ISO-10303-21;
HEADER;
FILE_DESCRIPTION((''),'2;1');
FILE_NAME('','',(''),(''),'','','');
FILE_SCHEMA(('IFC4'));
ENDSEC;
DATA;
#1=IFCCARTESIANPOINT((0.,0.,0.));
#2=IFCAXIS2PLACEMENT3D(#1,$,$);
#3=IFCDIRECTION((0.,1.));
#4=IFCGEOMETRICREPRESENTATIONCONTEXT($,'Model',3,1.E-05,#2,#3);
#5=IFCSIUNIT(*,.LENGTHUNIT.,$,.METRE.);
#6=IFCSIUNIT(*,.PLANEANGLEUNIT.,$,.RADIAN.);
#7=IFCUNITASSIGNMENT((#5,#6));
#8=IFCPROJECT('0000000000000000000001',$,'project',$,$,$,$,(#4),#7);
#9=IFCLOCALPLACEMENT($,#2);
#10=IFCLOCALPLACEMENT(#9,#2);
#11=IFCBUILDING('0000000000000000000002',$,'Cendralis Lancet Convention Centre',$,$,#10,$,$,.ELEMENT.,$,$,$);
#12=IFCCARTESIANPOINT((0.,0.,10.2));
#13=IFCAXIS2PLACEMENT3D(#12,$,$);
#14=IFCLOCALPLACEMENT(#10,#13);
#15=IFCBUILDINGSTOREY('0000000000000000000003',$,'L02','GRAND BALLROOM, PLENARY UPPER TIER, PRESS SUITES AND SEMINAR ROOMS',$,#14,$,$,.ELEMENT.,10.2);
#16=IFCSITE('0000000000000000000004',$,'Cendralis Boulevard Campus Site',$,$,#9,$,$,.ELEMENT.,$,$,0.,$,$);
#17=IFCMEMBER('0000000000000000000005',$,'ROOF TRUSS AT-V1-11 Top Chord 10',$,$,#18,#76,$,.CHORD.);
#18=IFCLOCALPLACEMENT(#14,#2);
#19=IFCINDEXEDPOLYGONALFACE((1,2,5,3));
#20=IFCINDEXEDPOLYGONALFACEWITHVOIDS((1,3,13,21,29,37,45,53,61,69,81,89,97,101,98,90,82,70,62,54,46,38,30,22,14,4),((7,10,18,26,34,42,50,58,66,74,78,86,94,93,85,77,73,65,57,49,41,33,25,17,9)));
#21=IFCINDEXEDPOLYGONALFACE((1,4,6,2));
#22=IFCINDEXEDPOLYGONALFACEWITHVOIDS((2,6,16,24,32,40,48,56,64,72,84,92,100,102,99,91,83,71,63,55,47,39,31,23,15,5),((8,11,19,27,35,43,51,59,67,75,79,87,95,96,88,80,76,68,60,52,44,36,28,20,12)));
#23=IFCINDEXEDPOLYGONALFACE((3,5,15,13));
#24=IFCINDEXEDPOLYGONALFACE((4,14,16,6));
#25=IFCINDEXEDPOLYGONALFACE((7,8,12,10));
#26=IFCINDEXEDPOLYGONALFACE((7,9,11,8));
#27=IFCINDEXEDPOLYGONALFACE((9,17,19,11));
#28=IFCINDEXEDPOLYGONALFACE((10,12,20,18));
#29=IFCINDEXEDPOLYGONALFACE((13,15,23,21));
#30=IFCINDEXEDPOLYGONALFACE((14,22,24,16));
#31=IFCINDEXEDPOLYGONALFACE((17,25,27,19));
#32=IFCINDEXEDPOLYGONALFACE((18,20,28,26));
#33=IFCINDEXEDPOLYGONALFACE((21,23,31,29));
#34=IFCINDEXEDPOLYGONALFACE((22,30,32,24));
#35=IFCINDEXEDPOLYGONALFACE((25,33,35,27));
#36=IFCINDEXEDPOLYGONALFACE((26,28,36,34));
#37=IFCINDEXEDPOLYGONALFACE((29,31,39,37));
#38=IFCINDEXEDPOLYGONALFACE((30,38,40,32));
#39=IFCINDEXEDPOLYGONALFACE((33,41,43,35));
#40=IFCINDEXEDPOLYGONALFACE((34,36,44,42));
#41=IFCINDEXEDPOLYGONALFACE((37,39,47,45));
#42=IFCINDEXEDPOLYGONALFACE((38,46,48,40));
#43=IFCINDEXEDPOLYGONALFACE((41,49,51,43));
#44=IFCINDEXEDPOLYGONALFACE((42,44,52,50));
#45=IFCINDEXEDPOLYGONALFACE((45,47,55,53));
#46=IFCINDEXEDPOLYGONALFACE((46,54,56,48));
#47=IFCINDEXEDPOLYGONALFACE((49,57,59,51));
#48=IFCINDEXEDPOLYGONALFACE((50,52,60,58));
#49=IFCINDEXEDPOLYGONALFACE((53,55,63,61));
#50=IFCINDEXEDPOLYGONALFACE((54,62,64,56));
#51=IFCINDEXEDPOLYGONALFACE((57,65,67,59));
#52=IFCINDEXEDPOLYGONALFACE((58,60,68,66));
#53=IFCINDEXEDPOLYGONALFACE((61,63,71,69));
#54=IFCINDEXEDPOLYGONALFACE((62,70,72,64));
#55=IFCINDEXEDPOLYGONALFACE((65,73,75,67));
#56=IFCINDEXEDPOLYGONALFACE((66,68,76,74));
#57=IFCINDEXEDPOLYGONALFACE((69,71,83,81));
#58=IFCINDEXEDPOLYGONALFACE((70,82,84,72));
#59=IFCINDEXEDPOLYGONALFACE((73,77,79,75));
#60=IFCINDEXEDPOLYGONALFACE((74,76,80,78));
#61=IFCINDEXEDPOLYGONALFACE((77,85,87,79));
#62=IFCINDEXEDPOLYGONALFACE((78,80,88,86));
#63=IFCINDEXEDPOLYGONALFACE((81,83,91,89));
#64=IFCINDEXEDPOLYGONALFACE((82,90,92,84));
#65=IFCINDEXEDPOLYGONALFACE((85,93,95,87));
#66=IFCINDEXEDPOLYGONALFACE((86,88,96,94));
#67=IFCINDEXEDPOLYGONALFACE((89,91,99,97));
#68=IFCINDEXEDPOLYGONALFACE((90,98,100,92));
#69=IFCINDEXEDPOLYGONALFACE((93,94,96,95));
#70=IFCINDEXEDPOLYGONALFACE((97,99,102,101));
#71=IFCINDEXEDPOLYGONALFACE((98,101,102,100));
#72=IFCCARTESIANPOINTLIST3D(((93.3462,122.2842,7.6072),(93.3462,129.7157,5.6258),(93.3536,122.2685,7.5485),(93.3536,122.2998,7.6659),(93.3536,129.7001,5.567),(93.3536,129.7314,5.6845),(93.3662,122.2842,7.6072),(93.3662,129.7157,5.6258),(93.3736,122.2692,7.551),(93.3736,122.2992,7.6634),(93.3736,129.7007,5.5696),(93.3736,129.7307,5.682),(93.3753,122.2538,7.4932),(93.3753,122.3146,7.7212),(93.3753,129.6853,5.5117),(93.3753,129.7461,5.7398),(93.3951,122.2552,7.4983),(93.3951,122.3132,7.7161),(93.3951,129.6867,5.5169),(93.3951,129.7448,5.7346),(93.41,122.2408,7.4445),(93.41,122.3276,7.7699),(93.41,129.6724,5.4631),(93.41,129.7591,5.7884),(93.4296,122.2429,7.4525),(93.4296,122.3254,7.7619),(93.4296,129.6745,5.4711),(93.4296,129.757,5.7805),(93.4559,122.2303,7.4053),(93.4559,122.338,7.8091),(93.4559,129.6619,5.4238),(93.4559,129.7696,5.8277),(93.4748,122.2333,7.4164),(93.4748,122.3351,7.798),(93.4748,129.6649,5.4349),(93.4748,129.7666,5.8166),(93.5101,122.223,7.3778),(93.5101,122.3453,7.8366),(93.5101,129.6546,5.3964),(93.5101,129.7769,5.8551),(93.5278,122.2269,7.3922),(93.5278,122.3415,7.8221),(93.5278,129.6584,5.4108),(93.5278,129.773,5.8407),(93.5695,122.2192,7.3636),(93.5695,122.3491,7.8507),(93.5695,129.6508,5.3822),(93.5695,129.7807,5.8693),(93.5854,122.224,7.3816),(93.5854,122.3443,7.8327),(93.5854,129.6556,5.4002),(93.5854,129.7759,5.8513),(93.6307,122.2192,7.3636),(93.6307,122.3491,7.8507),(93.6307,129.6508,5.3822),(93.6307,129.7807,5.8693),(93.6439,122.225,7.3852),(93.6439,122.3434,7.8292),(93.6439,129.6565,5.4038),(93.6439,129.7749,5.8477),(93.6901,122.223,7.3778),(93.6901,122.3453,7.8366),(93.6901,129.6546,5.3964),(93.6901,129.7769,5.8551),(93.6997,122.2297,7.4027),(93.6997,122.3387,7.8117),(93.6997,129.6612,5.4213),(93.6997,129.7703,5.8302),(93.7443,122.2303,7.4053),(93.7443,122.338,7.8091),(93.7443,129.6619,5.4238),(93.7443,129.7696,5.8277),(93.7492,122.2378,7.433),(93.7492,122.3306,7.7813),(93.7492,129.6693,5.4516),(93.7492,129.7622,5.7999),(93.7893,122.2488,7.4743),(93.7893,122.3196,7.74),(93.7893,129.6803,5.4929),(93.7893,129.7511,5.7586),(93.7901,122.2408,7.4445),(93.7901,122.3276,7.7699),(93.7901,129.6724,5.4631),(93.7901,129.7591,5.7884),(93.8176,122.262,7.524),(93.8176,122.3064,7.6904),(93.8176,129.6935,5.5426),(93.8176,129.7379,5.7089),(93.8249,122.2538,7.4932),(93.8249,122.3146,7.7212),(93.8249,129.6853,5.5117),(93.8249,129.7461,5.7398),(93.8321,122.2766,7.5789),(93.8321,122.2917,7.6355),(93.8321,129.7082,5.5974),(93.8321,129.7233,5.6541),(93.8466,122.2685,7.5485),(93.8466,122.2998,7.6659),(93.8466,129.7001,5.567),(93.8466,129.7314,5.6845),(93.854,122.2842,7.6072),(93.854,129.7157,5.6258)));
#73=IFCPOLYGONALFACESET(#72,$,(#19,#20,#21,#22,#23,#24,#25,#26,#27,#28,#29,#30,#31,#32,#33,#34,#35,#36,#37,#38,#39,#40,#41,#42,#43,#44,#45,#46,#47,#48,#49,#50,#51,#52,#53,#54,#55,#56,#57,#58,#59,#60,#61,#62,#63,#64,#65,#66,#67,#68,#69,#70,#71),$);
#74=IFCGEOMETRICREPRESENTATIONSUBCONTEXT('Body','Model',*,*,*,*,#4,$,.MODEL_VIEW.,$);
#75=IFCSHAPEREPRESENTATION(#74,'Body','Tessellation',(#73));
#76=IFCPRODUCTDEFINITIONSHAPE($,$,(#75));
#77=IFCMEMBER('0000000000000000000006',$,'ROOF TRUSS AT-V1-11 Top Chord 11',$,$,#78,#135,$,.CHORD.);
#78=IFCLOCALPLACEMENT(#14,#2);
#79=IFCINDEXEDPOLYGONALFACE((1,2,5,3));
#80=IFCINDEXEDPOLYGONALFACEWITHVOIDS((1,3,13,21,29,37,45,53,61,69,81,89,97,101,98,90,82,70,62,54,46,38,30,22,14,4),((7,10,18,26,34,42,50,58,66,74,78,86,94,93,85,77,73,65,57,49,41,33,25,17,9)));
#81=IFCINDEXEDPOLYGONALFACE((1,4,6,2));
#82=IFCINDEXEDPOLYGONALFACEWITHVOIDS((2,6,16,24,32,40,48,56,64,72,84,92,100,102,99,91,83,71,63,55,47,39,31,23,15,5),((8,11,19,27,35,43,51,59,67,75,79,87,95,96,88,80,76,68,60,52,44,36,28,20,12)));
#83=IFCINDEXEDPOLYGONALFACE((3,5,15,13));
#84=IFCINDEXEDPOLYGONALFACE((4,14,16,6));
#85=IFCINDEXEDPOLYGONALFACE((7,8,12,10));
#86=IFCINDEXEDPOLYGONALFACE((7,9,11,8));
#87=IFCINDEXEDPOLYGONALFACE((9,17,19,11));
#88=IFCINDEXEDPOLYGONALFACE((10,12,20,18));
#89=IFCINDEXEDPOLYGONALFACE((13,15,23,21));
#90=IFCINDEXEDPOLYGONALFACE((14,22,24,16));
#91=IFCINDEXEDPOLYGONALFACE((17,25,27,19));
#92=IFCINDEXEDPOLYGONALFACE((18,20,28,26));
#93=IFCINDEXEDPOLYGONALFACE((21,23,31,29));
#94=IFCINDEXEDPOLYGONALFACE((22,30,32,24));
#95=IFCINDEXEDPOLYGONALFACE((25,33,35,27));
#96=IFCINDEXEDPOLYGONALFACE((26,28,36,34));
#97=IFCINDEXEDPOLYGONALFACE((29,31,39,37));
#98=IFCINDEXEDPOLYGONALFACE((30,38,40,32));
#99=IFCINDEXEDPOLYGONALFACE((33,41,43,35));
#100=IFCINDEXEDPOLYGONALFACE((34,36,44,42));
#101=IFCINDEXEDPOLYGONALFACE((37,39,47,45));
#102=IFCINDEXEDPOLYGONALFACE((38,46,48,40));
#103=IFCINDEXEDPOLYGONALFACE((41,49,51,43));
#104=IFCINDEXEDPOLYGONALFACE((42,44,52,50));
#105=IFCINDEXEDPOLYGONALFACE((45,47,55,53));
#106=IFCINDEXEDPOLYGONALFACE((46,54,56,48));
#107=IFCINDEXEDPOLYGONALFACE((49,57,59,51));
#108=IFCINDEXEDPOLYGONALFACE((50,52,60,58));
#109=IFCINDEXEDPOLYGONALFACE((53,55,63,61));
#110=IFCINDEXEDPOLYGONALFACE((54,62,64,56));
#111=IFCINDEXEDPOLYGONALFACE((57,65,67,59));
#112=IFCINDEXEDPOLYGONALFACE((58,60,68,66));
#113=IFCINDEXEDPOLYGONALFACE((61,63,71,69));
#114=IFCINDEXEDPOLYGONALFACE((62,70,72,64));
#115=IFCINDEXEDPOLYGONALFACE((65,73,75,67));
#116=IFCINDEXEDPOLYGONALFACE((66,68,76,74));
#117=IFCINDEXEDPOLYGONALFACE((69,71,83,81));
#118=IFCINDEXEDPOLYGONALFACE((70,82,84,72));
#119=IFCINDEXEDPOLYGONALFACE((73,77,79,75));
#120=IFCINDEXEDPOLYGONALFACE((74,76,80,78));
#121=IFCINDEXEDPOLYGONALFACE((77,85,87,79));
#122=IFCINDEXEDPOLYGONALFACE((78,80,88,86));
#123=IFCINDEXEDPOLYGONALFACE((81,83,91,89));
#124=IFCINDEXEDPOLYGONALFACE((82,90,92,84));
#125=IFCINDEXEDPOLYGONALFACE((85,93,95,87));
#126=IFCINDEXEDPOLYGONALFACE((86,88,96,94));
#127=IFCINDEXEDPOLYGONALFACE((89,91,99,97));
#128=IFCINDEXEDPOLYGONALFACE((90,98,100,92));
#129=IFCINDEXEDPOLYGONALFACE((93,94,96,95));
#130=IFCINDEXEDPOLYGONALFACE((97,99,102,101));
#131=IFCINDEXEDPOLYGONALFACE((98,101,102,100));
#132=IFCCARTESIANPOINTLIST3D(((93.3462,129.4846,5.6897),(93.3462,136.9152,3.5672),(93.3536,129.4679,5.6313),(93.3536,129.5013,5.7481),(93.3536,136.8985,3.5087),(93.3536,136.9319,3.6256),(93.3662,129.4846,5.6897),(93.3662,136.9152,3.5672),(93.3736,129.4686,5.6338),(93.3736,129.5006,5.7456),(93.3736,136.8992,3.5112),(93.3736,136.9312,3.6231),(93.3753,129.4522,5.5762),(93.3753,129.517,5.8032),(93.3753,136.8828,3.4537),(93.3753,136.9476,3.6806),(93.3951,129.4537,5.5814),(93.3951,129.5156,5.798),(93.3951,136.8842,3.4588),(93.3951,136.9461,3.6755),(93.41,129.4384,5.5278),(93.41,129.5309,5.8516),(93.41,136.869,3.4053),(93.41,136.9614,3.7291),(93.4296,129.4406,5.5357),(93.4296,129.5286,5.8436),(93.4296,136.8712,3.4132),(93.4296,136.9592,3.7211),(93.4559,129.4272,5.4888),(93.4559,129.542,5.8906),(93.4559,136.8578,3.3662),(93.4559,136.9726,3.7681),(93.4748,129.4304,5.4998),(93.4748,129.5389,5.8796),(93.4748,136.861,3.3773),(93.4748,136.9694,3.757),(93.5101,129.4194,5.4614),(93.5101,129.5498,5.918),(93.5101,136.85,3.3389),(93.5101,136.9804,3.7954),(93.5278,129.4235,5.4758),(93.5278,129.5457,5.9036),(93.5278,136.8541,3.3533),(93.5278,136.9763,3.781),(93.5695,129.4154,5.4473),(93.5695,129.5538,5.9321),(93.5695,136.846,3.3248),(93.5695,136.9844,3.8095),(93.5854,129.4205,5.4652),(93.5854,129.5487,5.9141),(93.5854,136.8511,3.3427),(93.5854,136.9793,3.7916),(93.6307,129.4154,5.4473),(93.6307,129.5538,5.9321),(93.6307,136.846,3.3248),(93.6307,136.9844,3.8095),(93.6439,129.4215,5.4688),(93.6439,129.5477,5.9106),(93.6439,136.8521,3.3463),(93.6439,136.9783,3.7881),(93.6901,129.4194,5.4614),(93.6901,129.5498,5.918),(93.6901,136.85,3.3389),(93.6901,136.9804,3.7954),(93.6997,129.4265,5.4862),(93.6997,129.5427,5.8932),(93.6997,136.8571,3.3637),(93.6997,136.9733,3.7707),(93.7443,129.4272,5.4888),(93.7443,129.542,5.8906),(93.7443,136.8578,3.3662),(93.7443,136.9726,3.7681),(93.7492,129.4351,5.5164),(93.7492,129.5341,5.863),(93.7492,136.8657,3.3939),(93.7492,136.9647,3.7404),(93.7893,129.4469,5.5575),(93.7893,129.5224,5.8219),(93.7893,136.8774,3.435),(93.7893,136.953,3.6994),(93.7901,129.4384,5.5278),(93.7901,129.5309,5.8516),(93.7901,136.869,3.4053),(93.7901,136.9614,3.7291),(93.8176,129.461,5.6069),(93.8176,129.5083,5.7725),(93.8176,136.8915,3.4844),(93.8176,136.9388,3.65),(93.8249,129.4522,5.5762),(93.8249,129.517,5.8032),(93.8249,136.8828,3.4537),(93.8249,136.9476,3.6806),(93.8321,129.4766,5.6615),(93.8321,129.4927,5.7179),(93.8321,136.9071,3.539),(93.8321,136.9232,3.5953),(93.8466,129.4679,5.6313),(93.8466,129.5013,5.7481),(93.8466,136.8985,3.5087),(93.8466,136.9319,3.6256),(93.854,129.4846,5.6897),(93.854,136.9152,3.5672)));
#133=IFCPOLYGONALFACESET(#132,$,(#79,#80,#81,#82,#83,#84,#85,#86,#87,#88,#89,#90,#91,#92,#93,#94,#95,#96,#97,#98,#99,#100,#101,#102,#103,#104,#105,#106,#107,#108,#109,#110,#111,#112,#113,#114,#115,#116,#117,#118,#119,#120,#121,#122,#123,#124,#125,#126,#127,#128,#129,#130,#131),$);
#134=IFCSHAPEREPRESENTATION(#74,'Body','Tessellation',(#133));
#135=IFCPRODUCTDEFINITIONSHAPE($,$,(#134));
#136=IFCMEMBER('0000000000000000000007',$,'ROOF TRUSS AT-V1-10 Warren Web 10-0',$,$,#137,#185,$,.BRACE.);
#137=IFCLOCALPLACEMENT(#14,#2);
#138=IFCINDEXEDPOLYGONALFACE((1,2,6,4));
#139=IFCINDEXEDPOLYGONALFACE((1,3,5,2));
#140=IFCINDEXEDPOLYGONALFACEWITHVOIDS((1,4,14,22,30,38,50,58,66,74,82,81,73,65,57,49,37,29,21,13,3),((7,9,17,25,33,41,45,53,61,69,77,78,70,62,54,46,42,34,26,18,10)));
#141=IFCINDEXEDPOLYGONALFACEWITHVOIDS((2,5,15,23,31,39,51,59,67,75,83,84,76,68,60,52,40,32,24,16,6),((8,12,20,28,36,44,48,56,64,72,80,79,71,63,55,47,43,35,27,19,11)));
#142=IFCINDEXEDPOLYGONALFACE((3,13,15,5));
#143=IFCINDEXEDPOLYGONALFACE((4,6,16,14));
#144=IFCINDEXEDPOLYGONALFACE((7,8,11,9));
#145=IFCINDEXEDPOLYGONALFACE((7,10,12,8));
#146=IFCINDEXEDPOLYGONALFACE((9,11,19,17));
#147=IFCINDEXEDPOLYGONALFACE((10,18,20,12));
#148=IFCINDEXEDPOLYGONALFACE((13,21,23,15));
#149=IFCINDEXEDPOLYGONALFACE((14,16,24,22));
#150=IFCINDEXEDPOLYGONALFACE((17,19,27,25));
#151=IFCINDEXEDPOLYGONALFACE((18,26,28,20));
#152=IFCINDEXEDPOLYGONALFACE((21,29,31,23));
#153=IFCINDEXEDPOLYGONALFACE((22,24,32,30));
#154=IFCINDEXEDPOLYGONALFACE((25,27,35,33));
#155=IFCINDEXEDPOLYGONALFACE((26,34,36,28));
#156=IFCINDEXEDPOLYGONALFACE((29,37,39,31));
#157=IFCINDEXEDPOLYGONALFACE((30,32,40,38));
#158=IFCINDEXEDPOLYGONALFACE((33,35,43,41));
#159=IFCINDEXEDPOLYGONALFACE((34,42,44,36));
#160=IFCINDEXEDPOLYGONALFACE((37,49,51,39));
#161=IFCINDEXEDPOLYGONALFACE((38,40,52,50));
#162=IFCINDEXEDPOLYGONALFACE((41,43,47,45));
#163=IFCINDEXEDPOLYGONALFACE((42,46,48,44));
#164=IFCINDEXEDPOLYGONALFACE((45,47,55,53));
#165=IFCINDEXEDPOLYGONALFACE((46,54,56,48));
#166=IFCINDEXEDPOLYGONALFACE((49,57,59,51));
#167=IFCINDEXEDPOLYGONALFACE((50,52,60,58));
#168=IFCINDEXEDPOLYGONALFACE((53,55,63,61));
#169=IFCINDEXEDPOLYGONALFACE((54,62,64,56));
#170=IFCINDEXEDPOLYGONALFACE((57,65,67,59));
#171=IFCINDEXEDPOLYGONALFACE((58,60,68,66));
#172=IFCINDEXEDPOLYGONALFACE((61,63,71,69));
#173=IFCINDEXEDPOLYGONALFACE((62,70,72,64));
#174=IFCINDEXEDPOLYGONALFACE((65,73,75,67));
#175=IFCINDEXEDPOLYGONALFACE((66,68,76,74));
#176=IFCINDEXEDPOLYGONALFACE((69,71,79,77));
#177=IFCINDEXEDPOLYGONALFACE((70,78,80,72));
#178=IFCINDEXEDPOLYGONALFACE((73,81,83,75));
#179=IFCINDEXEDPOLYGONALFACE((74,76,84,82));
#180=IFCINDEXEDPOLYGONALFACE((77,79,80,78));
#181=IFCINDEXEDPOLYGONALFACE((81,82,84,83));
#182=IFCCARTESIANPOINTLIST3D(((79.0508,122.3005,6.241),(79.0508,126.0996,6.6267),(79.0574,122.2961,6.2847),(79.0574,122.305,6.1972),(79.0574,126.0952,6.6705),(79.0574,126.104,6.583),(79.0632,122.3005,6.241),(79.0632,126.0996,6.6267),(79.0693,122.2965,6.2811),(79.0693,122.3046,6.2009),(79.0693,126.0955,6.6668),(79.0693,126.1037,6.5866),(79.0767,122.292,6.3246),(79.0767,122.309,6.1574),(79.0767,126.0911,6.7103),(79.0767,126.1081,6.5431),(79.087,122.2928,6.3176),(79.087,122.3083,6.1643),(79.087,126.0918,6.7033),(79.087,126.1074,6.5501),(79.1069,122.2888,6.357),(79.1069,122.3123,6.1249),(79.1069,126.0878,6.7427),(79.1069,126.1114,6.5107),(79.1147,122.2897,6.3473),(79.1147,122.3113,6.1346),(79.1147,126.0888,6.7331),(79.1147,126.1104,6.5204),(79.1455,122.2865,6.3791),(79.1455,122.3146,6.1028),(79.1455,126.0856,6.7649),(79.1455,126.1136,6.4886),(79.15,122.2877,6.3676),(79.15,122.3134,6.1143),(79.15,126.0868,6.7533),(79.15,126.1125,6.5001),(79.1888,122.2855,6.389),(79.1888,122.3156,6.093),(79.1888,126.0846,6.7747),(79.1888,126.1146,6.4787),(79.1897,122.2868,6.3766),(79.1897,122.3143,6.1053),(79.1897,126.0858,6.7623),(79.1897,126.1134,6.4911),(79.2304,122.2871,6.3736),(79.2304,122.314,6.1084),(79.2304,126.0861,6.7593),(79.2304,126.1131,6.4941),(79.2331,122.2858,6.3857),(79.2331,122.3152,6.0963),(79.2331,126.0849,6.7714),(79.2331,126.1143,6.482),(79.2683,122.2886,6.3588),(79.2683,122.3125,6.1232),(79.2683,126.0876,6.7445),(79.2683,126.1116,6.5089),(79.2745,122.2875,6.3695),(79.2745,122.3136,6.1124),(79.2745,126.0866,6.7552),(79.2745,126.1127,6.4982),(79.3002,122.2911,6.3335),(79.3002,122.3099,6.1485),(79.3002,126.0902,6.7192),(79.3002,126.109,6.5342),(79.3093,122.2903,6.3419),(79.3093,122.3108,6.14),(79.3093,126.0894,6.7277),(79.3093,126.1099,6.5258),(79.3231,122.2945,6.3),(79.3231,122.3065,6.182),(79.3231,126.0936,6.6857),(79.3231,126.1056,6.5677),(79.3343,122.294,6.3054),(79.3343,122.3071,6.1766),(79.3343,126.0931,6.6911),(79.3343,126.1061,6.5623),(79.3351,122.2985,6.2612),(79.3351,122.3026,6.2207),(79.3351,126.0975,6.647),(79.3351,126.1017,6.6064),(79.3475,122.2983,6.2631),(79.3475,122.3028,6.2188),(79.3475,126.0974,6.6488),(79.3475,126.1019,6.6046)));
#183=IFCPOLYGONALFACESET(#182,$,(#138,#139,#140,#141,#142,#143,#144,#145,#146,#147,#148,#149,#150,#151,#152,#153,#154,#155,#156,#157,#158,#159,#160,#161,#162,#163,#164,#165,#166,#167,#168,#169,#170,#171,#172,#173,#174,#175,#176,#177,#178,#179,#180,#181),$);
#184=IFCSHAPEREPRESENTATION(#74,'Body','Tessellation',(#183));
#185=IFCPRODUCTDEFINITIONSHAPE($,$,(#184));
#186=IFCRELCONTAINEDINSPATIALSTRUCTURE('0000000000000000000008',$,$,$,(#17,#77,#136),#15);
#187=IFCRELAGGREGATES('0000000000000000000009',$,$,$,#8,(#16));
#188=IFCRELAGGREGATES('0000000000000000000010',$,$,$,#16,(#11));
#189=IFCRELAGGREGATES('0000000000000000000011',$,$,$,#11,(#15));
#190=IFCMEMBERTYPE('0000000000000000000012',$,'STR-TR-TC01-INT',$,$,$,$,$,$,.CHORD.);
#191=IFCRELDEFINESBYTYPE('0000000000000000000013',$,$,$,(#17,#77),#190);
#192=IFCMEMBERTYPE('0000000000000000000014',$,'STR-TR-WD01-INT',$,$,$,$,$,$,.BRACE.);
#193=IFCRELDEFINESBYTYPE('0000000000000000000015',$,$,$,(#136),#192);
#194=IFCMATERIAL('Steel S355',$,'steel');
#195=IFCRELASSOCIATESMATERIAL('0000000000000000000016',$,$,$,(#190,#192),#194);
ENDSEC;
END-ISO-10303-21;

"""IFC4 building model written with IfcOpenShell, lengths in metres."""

from ifc_helpers import new_model, si_unit, direction, frame, origin, origin_2d, place, context, subcontext, project, spatial, hollow_circle, extrude, material, material_profile, profile_set, type_object, element, save


model = new_model("IFC4")

# Units and contexts
model_context = context("Model", 3, precision=1e-05, world=origin(), true_north=direction((0.0, 1.0)))
body_context = subcontext(model_context, "Body", "Model", "MODEL_VIEW")
ifc_project = project(units=[si_unit("LENGTHUNIT", "METRE"), si_unit("PLANEANGLEUNIT", "RADIAN")], contexts=[model_context])

# Site, building, storey
site_placement = place(None, origin())
site = spatial("IfcSite", under=ifc_project, at=site_placement, Name="Cendralis Boulevard Campus Site", CompositionType="ELEMENT", RefElevation=0.0)
building_placement = place(site_placement, origin())
building = spatial("IfcBuilding", under=site, at=building_placement, Name="Cendralis Lancet Convention Centre", CompositionType="ELEMENT")
storey_placement = place(building_placement, frame((0.0, 0.0, 10.2)))
storey = spatial("IfcBuildingStorey", under=building, at=storey_placement, Name="L02", Description="GRAND BALLROOM, PLENARY UPPER TIER, PRESS SUITES AND SEMINAR ROOMS", CompositionType="ELEMENT", Elevation=10.2)

# Members
ifc_material_1 = material(Name="Steel S355", Category="steel")
ifc_material_profile_1 = material_profile(ifc_material_1, hollow_circle(Radius=0.2539, WallThickness=0.02, at=origin_2d()), Name="CHS 508.0x20.0")
ifc_profile_set_1 = profile_set([ifc_material_profile_1], Name="Steel S355")
member_type_1 = type_object("IfcMemberType", Name="STR-TR-TC01-INT", PredefinedType="CHORD", material=ifc_profile_set_1)
member_1_placement = place(storey_placement, frame((93.6001, 122.2842, 7.6072), z_axis=(0.0, 0.966245, -0.257623), x_axis=(-1.0, 0.0, 0.0)))
element("IfcMember", 1, at=member_1_placement, inside=storey, type_object=member_type_1, Name="ROOF TRUSS AT-V1-11 Top Chord 10", PredefinedType="CHORD", context=body_context, shape_type="SweptSolid", body=[
    extrude(hollow_circle(Radius=0.2539, WallThickness=0.02, at=origin_2d()), origin(), (0.0, 0.0, 1.0), 7.6912),
])
member_2_placement = place(storey_placement, frame((93.6001, 129.4846, 5.6897), z_axis=(0.0, 0.961541, -0.274663), x_axis=(-1.0, 0.0, 0.0)))
element("IfcMember", 2, at=member_2_placement, inside=storey, type_object=member_type_1, Name="ROOF TRUSS AT-V1-11 Top Chord 11", PredefinedType="CHORD", context=body_context, shape_type="SweptSolid", body=[
    extrude(hollow_circle(Radius=0.2539, WallThickness=0.02, at=origin_2d()), origin(), (0.0, 0.0, 1.0), 7.7278),
])
ifc_material_profile_2 = material_profile(ifc_material_1, hollow_circle(Radius=0.1492, WallThickness=0.0125, at=origin_2d()), Name="CHS 298.5x12.5")
ifc_profile_set_2 = profile_set([ifc_material_profile_2], Name="Steel S355")
member_type_2 = type_object("IfcMemberType", Name="STR-TR-WD01-INT", PredefinedType="BRACE", material=ifc_profile_set_2)
member_3_placement = place(storey_placement, frame((79.2, 122.3005, 6.241), z_axis=(0.0, 0.994885, 0.101017), x_axis=(-1.0, 0.0, 0.0)))
element("IfcMember", 3, at=member_3_placement, inside=storey, type_object=member_type_2, Name="ROOF TRUSS AT-V1-10 Warren Web 10-0", PredefinedType="BRACE", context=body_context, shape_type="SweptSolid", body=[
    extrude(hollow_circle(Radius=0.1492, WallThickness=0.0125, at=origin_2d()), origin(), (0.0, 0.0, 1.0), 3.8186),
])

save(model, "model.ifc")
